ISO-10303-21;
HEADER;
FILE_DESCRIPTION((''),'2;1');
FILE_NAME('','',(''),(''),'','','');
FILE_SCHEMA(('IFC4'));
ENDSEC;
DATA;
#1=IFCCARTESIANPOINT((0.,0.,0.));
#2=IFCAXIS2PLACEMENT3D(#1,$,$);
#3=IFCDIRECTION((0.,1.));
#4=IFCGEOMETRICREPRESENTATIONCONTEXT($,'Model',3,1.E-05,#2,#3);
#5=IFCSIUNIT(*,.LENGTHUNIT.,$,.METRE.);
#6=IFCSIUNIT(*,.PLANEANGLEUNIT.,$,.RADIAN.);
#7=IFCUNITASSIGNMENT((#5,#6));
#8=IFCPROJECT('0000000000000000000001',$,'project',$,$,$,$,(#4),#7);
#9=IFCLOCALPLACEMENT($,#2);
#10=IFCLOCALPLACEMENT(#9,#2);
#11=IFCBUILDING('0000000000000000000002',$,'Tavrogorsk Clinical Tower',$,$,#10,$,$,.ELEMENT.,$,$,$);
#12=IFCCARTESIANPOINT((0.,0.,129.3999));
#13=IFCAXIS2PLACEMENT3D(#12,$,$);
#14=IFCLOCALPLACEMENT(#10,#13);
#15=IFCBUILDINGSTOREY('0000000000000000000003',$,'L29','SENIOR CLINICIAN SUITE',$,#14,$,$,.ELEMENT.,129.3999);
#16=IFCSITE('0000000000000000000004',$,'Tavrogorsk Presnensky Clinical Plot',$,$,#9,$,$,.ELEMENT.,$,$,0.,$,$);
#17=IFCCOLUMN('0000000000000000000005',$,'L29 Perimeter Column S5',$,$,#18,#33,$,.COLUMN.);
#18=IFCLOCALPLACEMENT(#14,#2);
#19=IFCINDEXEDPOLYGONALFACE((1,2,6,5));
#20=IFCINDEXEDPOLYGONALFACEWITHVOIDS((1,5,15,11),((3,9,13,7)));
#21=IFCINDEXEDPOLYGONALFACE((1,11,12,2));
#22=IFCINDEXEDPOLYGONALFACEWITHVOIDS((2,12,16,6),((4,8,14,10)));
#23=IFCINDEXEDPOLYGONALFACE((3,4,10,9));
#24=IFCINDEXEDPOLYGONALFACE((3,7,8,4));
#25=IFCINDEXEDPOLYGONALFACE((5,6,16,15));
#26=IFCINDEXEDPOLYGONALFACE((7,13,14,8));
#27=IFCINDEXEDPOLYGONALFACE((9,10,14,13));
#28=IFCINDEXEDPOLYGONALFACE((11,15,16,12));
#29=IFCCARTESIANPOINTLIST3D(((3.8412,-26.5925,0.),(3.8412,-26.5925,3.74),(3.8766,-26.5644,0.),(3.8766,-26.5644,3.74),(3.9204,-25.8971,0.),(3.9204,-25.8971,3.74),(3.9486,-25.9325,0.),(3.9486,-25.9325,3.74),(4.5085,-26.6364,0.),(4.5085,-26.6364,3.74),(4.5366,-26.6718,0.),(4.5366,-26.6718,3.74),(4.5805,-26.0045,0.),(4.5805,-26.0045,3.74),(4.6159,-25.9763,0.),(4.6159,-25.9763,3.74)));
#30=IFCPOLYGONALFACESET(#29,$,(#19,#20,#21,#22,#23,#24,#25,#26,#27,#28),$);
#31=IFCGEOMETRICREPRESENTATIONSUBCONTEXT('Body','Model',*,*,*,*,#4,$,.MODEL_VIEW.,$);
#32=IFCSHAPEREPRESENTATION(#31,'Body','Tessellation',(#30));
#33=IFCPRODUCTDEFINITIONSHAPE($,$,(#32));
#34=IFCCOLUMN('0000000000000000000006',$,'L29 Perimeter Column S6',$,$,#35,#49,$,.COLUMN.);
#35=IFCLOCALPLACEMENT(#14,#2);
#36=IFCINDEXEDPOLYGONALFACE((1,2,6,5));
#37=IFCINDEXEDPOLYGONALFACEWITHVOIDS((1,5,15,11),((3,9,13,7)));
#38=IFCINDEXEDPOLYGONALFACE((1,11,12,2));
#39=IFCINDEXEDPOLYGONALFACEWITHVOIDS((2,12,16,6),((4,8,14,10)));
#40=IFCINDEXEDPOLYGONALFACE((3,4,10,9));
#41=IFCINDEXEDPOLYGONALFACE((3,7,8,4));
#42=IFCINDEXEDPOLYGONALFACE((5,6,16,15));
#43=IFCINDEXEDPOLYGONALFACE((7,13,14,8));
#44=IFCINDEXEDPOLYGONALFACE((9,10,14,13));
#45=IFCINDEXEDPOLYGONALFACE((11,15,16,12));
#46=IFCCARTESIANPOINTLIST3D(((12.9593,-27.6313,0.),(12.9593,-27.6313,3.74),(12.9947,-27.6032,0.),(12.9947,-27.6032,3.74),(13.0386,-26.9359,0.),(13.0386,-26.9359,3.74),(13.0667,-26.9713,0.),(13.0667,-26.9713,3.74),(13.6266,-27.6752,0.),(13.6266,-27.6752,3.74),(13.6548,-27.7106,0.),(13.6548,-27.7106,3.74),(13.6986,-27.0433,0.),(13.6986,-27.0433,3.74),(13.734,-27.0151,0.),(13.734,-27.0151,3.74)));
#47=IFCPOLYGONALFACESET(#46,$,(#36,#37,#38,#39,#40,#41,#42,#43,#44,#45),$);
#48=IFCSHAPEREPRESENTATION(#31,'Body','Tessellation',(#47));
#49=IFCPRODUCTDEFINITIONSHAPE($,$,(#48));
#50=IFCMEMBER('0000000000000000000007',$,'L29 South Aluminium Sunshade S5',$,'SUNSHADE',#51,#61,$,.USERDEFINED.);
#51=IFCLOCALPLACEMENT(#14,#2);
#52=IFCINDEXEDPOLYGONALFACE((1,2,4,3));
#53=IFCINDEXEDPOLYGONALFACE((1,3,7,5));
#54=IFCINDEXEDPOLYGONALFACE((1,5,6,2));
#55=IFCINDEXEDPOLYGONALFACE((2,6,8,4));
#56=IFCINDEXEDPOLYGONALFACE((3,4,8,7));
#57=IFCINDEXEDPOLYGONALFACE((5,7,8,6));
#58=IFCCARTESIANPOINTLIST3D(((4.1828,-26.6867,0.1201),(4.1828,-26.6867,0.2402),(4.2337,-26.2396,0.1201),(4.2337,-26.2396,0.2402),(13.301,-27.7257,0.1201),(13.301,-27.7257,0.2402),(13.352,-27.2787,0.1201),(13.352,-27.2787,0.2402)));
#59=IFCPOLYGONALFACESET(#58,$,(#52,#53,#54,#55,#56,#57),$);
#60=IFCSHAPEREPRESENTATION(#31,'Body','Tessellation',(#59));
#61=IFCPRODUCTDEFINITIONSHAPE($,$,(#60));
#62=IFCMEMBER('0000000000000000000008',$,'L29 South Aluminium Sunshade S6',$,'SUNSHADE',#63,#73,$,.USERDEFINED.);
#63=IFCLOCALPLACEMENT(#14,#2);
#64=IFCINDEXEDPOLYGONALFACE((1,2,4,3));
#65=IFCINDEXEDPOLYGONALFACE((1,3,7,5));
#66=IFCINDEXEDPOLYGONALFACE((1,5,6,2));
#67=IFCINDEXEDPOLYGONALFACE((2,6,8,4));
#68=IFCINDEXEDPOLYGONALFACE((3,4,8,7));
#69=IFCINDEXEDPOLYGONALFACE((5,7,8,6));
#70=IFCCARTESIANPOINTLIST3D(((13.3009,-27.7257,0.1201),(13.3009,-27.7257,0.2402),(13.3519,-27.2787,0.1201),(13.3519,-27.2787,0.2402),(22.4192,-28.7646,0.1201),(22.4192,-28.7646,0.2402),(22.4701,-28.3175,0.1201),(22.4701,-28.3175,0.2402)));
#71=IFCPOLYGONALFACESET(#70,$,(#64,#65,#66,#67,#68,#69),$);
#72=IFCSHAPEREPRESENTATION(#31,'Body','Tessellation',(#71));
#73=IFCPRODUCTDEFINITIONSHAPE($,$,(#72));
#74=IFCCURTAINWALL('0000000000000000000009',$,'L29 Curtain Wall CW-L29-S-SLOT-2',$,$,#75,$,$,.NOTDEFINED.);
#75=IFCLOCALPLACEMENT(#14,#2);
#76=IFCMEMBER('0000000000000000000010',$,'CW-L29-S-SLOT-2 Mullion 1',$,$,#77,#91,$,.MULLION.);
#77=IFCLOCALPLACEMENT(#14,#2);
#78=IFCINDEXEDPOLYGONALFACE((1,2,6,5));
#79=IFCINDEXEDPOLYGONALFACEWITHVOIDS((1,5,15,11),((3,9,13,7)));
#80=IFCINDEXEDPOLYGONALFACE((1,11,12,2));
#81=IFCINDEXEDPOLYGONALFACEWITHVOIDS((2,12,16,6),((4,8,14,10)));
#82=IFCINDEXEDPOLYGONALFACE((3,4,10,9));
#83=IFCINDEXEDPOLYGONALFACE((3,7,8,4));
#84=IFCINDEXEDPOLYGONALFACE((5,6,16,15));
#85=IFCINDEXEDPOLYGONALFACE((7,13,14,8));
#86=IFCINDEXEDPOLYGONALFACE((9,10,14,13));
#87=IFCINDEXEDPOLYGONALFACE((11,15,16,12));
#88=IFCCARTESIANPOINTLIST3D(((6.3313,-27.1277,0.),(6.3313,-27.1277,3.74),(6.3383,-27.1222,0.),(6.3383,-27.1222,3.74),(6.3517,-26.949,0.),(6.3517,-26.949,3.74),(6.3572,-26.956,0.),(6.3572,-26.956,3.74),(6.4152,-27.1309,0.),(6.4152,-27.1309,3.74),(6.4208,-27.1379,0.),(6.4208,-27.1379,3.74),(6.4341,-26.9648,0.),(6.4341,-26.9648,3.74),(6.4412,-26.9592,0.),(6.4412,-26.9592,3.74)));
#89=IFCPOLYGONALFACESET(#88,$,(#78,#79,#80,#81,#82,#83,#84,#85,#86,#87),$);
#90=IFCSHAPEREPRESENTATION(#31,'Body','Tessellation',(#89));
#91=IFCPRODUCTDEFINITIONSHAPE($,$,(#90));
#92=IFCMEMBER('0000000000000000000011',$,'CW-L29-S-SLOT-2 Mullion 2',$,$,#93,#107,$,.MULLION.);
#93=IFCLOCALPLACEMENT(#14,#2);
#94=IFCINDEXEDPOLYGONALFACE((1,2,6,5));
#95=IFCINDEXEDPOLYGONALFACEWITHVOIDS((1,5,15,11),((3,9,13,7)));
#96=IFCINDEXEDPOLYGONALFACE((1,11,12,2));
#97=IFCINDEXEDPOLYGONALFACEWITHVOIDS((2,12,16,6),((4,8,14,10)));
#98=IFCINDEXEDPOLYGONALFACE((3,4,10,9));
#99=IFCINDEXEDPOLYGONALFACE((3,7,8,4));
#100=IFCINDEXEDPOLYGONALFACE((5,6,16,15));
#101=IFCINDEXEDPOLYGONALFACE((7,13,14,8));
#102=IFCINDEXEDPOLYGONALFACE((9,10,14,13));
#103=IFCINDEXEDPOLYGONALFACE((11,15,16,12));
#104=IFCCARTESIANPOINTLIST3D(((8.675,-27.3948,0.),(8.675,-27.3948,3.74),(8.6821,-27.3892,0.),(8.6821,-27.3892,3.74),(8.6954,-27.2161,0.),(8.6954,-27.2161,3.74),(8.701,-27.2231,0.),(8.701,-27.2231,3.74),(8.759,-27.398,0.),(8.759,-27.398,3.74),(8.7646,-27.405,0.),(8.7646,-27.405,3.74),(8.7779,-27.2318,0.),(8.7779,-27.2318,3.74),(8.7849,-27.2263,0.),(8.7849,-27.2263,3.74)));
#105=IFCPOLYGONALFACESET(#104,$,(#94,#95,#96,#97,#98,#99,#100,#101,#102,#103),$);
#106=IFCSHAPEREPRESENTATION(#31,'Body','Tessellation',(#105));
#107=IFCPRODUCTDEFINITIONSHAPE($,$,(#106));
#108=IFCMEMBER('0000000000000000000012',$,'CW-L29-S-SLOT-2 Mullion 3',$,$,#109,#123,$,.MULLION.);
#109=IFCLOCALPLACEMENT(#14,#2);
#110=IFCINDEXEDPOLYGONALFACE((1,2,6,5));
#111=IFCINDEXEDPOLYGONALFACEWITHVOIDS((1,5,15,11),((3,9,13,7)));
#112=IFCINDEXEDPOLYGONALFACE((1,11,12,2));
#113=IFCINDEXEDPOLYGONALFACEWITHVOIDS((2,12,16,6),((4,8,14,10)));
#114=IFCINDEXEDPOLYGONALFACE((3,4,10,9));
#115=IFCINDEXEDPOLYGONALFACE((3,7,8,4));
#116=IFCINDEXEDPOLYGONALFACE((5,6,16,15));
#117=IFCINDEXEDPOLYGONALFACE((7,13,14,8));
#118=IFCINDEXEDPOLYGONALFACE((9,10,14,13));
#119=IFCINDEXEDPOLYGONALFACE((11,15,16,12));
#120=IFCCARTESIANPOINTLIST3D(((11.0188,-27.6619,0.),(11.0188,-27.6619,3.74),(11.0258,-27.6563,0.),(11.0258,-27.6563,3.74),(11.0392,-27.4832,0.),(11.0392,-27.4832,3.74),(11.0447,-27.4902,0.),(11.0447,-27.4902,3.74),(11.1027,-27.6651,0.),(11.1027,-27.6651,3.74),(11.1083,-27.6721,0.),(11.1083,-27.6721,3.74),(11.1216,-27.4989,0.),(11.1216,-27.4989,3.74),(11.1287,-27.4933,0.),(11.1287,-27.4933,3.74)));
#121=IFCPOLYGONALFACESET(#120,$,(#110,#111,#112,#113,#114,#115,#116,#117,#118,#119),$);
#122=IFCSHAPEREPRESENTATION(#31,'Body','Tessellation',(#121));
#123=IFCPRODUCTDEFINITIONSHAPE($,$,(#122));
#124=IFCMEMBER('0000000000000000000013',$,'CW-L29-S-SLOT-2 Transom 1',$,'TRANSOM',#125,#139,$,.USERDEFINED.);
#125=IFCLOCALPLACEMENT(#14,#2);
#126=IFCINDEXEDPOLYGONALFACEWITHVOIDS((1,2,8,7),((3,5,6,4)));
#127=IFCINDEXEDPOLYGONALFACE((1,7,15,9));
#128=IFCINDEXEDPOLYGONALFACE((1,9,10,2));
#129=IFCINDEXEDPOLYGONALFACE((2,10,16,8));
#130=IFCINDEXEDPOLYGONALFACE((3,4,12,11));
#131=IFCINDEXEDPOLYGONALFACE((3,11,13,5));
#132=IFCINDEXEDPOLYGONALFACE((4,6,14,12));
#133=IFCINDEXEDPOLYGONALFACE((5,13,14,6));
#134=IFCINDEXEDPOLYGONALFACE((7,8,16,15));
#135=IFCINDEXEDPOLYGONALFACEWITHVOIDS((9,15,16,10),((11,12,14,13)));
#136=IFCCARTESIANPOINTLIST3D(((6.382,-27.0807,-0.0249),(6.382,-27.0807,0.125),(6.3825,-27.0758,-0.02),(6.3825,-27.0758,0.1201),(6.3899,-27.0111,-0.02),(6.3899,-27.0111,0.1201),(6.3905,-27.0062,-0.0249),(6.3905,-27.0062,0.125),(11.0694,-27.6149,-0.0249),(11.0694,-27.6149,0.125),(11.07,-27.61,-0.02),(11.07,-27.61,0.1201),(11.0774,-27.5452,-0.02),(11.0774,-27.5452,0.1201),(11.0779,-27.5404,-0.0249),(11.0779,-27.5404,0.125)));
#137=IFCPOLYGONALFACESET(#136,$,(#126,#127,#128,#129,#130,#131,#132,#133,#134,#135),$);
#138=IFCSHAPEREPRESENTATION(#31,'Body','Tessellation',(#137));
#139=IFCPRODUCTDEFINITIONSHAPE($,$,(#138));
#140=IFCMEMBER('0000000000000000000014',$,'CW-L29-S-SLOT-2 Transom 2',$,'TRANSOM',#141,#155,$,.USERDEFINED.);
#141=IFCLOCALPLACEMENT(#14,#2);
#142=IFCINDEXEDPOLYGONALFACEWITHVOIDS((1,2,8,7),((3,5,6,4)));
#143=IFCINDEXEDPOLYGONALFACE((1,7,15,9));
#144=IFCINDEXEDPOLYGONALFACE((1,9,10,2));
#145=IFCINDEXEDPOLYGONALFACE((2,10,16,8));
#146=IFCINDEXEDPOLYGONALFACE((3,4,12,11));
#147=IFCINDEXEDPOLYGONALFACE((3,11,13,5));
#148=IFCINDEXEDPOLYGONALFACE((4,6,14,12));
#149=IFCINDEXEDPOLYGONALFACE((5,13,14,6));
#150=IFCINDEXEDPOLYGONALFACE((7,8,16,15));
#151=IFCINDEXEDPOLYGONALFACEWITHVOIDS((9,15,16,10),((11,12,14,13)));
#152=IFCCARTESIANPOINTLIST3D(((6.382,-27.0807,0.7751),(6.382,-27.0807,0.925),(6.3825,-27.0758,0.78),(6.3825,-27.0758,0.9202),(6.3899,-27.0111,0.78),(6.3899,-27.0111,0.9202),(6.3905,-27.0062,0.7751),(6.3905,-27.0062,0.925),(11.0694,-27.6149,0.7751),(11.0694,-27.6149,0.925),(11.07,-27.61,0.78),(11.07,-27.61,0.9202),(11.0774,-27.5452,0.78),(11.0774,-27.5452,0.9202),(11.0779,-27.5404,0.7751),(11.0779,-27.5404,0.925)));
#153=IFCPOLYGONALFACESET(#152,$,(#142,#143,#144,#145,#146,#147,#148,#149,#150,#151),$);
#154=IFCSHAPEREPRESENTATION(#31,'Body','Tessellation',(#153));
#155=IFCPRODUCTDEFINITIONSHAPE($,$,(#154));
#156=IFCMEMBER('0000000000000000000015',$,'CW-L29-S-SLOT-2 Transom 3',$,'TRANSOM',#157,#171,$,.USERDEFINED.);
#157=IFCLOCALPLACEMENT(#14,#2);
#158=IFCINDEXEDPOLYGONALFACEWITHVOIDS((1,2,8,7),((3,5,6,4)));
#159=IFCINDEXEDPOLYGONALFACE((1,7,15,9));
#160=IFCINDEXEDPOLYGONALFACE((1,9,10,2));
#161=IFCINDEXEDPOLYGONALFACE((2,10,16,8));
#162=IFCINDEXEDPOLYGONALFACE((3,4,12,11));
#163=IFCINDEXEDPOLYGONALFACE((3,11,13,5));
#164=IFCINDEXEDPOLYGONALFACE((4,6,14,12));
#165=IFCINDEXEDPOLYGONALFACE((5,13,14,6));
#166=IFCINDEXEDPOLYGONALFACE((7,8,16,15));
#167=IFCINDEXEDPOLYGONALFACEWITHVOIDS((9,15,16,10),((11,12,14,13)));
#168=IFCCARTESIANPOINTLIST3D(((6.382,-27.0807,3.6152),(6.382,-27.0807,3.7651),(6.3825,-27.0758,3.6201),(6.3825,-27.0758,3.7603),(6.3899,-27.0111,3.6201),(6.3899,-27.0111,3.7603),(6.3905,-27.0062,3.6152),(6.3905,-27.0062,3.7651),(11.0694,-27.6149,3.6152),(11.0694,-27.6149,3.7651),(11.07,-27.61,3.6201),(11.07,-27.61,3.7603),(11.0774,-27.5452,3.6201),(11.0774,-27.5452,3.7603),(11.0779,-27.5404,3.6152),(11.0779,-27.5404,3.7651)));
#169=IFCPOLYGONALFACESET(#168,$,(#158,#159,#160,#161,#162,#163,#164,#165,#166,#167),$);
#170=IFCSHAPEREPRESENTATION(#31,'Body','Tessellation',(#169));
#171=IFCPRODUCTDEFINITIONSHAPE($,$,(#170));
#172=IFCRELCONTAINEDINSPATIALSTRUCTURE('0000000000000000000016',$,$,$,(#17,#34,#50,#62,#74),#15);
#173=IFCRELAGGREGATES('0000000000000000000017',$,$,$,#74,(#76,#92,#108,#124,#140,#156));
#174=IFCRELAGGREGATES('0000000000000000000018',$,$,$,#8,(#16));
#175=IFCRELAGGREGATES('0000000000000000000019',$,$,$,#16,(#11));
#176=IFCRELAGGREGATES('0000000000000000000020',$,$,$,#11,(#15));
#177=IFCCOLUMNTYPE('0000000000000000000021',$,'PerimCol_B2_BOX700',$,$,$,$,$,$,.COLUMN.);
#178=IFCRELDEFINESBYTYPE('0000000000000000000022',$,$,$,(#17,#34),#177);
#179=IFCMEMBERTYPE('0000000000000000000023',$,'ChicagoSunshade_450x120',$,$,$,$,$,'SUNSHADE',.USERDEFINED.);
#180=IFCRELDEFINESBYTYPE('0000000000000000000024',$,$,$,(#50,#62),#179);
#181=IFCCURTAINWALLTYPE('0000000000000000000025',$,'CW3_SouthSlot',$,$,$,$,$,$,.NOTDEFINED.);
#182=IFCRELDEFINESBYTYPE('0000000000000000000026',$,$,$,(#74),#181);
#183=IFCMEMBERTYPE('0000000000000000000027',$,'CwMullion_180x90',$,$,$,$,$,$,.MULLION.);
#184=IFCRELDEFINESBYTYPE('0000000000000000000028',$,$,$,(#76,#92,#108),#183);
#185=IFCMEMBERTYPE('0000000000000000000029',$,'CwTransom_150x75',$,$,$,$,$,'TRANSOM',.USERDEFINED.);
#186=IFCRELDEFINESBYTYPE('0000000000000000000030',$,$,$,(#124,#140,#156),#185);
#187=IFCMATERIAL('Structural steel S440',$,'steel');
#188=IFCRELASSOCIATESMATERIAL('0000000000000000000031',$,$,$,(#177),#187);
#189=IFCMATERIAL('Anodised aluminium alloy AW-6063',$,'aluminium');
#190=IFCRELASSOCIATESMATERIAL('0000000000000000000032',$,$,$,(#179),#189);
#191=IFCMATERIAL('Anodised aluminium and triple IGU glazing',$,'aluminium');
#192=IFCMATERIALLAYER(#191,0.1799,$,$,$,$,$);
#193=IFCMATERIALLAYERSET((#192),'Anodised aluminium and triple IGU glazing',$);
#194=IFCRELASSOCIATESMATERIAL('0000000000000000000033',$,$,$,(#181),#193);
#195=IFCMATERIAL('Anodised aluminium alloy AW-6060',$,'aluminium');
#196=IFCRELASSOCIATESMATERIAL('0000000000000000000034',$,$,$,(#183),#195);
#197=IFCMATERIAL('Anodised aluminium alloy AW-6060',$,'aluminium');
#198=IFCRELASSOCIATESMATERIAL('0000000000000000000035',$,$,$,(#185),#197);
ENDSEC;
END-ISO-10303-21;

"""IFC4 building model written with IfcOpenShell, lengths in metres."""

from ifc_helpers import new_model, si_unit, direction, frame, origin, origin_2d, place, context, subcontext, project, spatial, rectangle, hollow_rectangle, extrude, material, layer, layer_set, material_profile, profile_set, type_object, element, aggregate, save


model = new_model("IFC4")

# Units and contexts
model_context = context("Model", 3, precision=1e-05, world=origin(), true_north=direction((0.0, 1.0)))
body_context = subcontext(model_context, "Body", "Model", "MODEL_VIEW")
ifc_project = project(units=[si_unit("LENGTHUNIT", "METRE"), si_unit("PLANEANGLEUNIT", "RADIAN")], contexts=[model_context])

# Site, building, storey
site_placement = place(None, origin())
site = spatial("IfcSite", under=ifc_project, at=site_placement, Name="Tavrogorsk Presnensky Clinical Plot", CompositionType="ELEMENT", RefElevation=0.0)
building_placement = place(site_placement, origin())
building = spatial("IfcBuilding", under=site, at=building_placement, Name="Tavrogorsk Clinical Tower", CompositionType="ELEMENT")
storey_placement = place(building_placement, frame((0.0, 0.0, 129.3999)))
storey = spatial("IfcBuildingStorey", under=building, at=storey_placement, Name="L29", Description="SENIOR CLINICIAN SUITE", CompositionType="ELEMENT", Elevation=129.3999)

# Columns
ifc_material_1 = material(Name="Structural steel S440", Category="steel")
ifc_material_profile_1 = material_profile(ifc_material_1, hollow_rectangle(XDim=0.7, YDim=0.7, WallThickness=0.032, at=origin_2d()), Name="BOX-700x700x32")
ifc_profile_set_1 = profile_set([ifc_material_profile_1], Name="Structural steel S440")
column_type = type_object("IfcColumnType", Name="PerimCol_B2_BOX700", PredefinedType="COLUMN", material=ifc_profile_set_1)
for number, where, z_axis, x_axis, name in (
    (1, (4.2285, -26.2844, 0.0), (0.0, 0.0, 1.0), (0.993572, -0.113203, 0.0), "L29 Perimeter Column S5"),
    (2, (13.3467, -27.3232, 0.0), (0.0, 0.0, 1.0), (0.993572, -0.113203, 0.0), "L29 Perimeter Column S6"),
):
    element("IfcColumn", number, at=place(storey_placement, frame(where, z_axis=z_axis, x_axis=x_axis)), inside=storey, type_object=column_type, Name=name, PredefinedType="COLUMN", context=body_context, shape_type="SweptSolid", body=[
        extrude(hollow_rectangle(XDim=0.7, YDim=0.7, WallThickness=0.032, at=origin_2d()), origin(), (0.0, 0.0, 1.0), 3.74),
    ])

# Members
ifc_material_2 = material(Name="Anodised aluminium alloy AW-6063", Category="aluminium")
ifc_material_profile_2 = material_profile(ifc_material_2, rectangle(XDim=0.45, YDim=0.1201, at=origin_2d()), Name="ALU-SUNSHADE-450x120")
ifc_profile_set_2 = profile_set([ifc_material_profile_2], Name="Anodised aluminium alloy AW-6063")
member_type_1 = type_object("IfcMemberType", Name="ChicagoSunshade_450x120", ElementType="SUNSHADE", PredefinedType="USERDEFINED", material=ifc_profile_set_2)
for number, where, z_axis, x_axis, name in (
    (3, (4.2083, -26.4631, 0.1802), (0.99357, -0.113222, 0.0), (0.113222, 0.99357, 0.0), "L29 South Aluminium Sunshade S5"),
    (4, (13.3264, -27.5022, 0.1802), (0.993573, -0.113196, 0.0), (0.113196, 0.993573, 0.0), "L29 South Aluminium Sunshade S6"),
):
    element("IfcMember", number, at=place(storey_placement, frame(where, z_axis=z_axis, x_axis=x_axis)), inside=storey, type_object=member_type_1, Name=name, ObjectType="SUNSHADE", PredefinedType="USERDEFINED", context=body_context, shape_type="SweptSolid", body=[
        extrude(rectangle(XDim=0.45, YDim=0.1201, at=origin_2d()), origin(), (0.0, 0.0, 1.0), 9.1772),
    ])

# Curtain wall, members
ifc_material_3 = material(Name="Anodised aluminium and triple IGU glazing", Category="aluminium")
ifc_layer_1 = layer(ifc_material_3, 0.1799)
ifc_layer_set_1 = layer_set([ifc_layer_1], Name="Anodised aluminium and triple IGU glazing")
curtain_wall_type = type_object("IfcCurtainWallType", Name="CW3_SouthSlot", PredefinedType="NOTDEFINED", material=ifc_layer_set_1)
curtain_wall_placement = place(storey_placement, origin())
curtain_wall = element("IfcCurtainWall", 5, at=curtain_wall_placement, inside=storey, type_object=curtain_wall_type, Name="L29 Curtain Wall CW-L29-S-SLOT-2", PredefinedType="NOTDEFINED")
ifc_material_4 = material(Name="Anodised aluminium alloy AW-6060", Category="aluminium")
ifc_material_profile_3 = material_profile(ifc_material_4, hollow_rectangle(XDim=0.0901, YDim=0.1799, WallThickness=0.0063, at=origin_2d()), Name="RHS-180x90x6.3")
ifc_profile_set_3 = profile_set([ifc_material_profile_3], Name="Anodised aluminium alloy AW-6060")
member_type_2 = type_object("IfcMemberType", Name="CwMullion_180x90", PredefinedType="MULLION", material=ifc_profile_set_3)
member_1_placement = place(storey_placement, frame((6.3862, -27.0435, 0.0), z_axis=(0.0, 0.0, 1.0), x_axis=(0.993572, -0.113203, 0.0)))
member_1 = element("IfcMember", 6, at=member_1_placement, type_object=member_type_2, Name="CW-L29-S-SLOT-2 Mullion 1", PredefinedType="MULLION", context=body_context, shape_type="SweptSolid", body=[
    extrude(hollow_rectangle(XDim=0.0901, YDim=0.1799, WallThickness=0.0063, at=origin_2d()), origin(), (0.0, 0.0, 1.0), 3.74),
])
member_2_placement = place(storey_placement, frame((8.73, -27.3105, 0.0), z_axis=(0.0, 0.0, 1.0), x_axis=(0.993572, -0.113203, 0.0)))
member_2 = element("IfcMember", 7, at=member_2_placement, type_object=member_type_2, Name="CW-L29-S-SLOT-2 Mullion 2", PredefinedType="MULLION", context=body_context, shape_type="SweptSolid", body=[
    extrude(hollow_rectangle(XDim=0.0901, YDim=0.1799, WallThickness=0.0063, at=origin_2d()), origin(), (0.0, 0.0, 1.0), 3.74),
])
member_3_placement = place(storey_placement, frame((11.0737, -27.5776, 0.0), z_axis=(0.0, 0.0, 1.0), x_axis=(0.993572, -0.113203, 0.0)))
member_3 = element("IfcMember", 8, at=member_3_placement, type_object=member_type_2, Name="CW-L29-S-SLOT-2 Mullion 3", PredefinedType="MULLION", context=body_context, shape_type="SweptSolid", body=[
    extrude(hollow_rectangle(XDim=0.0901, YDim=0.1799, WallThickness=0.0063, at=origin_2d()), origin(), (0.0, 0.0, 1.0), 3.74),
])
ifc_material_5 = material(Name="Anodised aluminium alloy AW-6060", Category="aluminium")
ifc_material_profile_4 = material_profile(ifc_material_5, hollow_rectangle(XDim=0.075, YDim=0.1499, WallThickness=0.0049, at=origin_2d()), Name="RHS-150x75x5")
ifc_profile_set_4 = profile_set([ifc_material_profile_4], Name="Anodised aluminium alloy AW-6060")
member_type_3 = type_object("IfcMemberType", Name="CwTransom_150x75", ElementType="TRANSOM", PredefinedType="USERDEFINED", material=ifc_profile_set_4)
member_4_placement = place(storey_placement, frame((6.3862, -27.0435, 0.05), z_axis=(0.993569, -0.113226, 0.0), x_axis=(0.113226, 0.993569, 0.0)))
member_4 = element("IfcMember", 9, at=member_4_placement, type_object=member_type_3, Name="CW-L29-S-SLOT-2 Transom 1", ObjectType="TRANSOM", PredefinedType="USERDEFINED", context=body_context, shape_type="SweptSolid", body=[
    extrude(hollow_rectangle(XDim=0.075, YDim=0.1499, WallThickness=0.0049, at=origin_2d()), origin(), (0.0, 0.0, 1.0), 4.7178),
])
member_5_placement = place(storey_placement, frame((6.3862, -27.0435, 0.8501), z_axis=(0.993569, -0.113226, 0.0), x_axis=(0.113226, 0.993569, 0.0)))
member_5 = element("IfcMember", 10, at=member_5_placement, type_object=member_type_3, Name="CW-L29-S-SLOT-2 Transom 2", ObjectType="TRANSOM", PredefinedType="USERDEFINED", context=body_context, shape_type="SweptSolid", body=[
    extrude(hollow_rectangle(XDim=0.075, YDim=0.1499, WallThickness=0.0049, at=origin_2d()), origin(), (0.0, 0.0, 1.0), 4.7178),
])
member_6_placement = place(storey_placement, frame((6.3862, -27.0435, 3.6902), z_axis=(0.993569, -0.113226, 0.0), x_axis=(0.113226, 0.993569, 0.0)))
member_6 = element("IfcMember", 11, at=member_6_placement, type_object=member_type_3, Name="CW-L29-S-SLOT-2 Transom 3", ObjectType="TRANSOM", PredefinedType="USERDEFINED", context=body_context, shape_type="SweptSolid", body=[
    extrude(hollow_rectangle(XDim=0.075, YDim=0.1499, WallThickness=0.0049, at=origin_2d()), origin(), (0.0, 0.0, 1.0), 4.7178),
])

aggregate(curtain_wall, [member_1, member_2, member_3, member_4, member_5, member_6])

save(model, "model.ifc")
